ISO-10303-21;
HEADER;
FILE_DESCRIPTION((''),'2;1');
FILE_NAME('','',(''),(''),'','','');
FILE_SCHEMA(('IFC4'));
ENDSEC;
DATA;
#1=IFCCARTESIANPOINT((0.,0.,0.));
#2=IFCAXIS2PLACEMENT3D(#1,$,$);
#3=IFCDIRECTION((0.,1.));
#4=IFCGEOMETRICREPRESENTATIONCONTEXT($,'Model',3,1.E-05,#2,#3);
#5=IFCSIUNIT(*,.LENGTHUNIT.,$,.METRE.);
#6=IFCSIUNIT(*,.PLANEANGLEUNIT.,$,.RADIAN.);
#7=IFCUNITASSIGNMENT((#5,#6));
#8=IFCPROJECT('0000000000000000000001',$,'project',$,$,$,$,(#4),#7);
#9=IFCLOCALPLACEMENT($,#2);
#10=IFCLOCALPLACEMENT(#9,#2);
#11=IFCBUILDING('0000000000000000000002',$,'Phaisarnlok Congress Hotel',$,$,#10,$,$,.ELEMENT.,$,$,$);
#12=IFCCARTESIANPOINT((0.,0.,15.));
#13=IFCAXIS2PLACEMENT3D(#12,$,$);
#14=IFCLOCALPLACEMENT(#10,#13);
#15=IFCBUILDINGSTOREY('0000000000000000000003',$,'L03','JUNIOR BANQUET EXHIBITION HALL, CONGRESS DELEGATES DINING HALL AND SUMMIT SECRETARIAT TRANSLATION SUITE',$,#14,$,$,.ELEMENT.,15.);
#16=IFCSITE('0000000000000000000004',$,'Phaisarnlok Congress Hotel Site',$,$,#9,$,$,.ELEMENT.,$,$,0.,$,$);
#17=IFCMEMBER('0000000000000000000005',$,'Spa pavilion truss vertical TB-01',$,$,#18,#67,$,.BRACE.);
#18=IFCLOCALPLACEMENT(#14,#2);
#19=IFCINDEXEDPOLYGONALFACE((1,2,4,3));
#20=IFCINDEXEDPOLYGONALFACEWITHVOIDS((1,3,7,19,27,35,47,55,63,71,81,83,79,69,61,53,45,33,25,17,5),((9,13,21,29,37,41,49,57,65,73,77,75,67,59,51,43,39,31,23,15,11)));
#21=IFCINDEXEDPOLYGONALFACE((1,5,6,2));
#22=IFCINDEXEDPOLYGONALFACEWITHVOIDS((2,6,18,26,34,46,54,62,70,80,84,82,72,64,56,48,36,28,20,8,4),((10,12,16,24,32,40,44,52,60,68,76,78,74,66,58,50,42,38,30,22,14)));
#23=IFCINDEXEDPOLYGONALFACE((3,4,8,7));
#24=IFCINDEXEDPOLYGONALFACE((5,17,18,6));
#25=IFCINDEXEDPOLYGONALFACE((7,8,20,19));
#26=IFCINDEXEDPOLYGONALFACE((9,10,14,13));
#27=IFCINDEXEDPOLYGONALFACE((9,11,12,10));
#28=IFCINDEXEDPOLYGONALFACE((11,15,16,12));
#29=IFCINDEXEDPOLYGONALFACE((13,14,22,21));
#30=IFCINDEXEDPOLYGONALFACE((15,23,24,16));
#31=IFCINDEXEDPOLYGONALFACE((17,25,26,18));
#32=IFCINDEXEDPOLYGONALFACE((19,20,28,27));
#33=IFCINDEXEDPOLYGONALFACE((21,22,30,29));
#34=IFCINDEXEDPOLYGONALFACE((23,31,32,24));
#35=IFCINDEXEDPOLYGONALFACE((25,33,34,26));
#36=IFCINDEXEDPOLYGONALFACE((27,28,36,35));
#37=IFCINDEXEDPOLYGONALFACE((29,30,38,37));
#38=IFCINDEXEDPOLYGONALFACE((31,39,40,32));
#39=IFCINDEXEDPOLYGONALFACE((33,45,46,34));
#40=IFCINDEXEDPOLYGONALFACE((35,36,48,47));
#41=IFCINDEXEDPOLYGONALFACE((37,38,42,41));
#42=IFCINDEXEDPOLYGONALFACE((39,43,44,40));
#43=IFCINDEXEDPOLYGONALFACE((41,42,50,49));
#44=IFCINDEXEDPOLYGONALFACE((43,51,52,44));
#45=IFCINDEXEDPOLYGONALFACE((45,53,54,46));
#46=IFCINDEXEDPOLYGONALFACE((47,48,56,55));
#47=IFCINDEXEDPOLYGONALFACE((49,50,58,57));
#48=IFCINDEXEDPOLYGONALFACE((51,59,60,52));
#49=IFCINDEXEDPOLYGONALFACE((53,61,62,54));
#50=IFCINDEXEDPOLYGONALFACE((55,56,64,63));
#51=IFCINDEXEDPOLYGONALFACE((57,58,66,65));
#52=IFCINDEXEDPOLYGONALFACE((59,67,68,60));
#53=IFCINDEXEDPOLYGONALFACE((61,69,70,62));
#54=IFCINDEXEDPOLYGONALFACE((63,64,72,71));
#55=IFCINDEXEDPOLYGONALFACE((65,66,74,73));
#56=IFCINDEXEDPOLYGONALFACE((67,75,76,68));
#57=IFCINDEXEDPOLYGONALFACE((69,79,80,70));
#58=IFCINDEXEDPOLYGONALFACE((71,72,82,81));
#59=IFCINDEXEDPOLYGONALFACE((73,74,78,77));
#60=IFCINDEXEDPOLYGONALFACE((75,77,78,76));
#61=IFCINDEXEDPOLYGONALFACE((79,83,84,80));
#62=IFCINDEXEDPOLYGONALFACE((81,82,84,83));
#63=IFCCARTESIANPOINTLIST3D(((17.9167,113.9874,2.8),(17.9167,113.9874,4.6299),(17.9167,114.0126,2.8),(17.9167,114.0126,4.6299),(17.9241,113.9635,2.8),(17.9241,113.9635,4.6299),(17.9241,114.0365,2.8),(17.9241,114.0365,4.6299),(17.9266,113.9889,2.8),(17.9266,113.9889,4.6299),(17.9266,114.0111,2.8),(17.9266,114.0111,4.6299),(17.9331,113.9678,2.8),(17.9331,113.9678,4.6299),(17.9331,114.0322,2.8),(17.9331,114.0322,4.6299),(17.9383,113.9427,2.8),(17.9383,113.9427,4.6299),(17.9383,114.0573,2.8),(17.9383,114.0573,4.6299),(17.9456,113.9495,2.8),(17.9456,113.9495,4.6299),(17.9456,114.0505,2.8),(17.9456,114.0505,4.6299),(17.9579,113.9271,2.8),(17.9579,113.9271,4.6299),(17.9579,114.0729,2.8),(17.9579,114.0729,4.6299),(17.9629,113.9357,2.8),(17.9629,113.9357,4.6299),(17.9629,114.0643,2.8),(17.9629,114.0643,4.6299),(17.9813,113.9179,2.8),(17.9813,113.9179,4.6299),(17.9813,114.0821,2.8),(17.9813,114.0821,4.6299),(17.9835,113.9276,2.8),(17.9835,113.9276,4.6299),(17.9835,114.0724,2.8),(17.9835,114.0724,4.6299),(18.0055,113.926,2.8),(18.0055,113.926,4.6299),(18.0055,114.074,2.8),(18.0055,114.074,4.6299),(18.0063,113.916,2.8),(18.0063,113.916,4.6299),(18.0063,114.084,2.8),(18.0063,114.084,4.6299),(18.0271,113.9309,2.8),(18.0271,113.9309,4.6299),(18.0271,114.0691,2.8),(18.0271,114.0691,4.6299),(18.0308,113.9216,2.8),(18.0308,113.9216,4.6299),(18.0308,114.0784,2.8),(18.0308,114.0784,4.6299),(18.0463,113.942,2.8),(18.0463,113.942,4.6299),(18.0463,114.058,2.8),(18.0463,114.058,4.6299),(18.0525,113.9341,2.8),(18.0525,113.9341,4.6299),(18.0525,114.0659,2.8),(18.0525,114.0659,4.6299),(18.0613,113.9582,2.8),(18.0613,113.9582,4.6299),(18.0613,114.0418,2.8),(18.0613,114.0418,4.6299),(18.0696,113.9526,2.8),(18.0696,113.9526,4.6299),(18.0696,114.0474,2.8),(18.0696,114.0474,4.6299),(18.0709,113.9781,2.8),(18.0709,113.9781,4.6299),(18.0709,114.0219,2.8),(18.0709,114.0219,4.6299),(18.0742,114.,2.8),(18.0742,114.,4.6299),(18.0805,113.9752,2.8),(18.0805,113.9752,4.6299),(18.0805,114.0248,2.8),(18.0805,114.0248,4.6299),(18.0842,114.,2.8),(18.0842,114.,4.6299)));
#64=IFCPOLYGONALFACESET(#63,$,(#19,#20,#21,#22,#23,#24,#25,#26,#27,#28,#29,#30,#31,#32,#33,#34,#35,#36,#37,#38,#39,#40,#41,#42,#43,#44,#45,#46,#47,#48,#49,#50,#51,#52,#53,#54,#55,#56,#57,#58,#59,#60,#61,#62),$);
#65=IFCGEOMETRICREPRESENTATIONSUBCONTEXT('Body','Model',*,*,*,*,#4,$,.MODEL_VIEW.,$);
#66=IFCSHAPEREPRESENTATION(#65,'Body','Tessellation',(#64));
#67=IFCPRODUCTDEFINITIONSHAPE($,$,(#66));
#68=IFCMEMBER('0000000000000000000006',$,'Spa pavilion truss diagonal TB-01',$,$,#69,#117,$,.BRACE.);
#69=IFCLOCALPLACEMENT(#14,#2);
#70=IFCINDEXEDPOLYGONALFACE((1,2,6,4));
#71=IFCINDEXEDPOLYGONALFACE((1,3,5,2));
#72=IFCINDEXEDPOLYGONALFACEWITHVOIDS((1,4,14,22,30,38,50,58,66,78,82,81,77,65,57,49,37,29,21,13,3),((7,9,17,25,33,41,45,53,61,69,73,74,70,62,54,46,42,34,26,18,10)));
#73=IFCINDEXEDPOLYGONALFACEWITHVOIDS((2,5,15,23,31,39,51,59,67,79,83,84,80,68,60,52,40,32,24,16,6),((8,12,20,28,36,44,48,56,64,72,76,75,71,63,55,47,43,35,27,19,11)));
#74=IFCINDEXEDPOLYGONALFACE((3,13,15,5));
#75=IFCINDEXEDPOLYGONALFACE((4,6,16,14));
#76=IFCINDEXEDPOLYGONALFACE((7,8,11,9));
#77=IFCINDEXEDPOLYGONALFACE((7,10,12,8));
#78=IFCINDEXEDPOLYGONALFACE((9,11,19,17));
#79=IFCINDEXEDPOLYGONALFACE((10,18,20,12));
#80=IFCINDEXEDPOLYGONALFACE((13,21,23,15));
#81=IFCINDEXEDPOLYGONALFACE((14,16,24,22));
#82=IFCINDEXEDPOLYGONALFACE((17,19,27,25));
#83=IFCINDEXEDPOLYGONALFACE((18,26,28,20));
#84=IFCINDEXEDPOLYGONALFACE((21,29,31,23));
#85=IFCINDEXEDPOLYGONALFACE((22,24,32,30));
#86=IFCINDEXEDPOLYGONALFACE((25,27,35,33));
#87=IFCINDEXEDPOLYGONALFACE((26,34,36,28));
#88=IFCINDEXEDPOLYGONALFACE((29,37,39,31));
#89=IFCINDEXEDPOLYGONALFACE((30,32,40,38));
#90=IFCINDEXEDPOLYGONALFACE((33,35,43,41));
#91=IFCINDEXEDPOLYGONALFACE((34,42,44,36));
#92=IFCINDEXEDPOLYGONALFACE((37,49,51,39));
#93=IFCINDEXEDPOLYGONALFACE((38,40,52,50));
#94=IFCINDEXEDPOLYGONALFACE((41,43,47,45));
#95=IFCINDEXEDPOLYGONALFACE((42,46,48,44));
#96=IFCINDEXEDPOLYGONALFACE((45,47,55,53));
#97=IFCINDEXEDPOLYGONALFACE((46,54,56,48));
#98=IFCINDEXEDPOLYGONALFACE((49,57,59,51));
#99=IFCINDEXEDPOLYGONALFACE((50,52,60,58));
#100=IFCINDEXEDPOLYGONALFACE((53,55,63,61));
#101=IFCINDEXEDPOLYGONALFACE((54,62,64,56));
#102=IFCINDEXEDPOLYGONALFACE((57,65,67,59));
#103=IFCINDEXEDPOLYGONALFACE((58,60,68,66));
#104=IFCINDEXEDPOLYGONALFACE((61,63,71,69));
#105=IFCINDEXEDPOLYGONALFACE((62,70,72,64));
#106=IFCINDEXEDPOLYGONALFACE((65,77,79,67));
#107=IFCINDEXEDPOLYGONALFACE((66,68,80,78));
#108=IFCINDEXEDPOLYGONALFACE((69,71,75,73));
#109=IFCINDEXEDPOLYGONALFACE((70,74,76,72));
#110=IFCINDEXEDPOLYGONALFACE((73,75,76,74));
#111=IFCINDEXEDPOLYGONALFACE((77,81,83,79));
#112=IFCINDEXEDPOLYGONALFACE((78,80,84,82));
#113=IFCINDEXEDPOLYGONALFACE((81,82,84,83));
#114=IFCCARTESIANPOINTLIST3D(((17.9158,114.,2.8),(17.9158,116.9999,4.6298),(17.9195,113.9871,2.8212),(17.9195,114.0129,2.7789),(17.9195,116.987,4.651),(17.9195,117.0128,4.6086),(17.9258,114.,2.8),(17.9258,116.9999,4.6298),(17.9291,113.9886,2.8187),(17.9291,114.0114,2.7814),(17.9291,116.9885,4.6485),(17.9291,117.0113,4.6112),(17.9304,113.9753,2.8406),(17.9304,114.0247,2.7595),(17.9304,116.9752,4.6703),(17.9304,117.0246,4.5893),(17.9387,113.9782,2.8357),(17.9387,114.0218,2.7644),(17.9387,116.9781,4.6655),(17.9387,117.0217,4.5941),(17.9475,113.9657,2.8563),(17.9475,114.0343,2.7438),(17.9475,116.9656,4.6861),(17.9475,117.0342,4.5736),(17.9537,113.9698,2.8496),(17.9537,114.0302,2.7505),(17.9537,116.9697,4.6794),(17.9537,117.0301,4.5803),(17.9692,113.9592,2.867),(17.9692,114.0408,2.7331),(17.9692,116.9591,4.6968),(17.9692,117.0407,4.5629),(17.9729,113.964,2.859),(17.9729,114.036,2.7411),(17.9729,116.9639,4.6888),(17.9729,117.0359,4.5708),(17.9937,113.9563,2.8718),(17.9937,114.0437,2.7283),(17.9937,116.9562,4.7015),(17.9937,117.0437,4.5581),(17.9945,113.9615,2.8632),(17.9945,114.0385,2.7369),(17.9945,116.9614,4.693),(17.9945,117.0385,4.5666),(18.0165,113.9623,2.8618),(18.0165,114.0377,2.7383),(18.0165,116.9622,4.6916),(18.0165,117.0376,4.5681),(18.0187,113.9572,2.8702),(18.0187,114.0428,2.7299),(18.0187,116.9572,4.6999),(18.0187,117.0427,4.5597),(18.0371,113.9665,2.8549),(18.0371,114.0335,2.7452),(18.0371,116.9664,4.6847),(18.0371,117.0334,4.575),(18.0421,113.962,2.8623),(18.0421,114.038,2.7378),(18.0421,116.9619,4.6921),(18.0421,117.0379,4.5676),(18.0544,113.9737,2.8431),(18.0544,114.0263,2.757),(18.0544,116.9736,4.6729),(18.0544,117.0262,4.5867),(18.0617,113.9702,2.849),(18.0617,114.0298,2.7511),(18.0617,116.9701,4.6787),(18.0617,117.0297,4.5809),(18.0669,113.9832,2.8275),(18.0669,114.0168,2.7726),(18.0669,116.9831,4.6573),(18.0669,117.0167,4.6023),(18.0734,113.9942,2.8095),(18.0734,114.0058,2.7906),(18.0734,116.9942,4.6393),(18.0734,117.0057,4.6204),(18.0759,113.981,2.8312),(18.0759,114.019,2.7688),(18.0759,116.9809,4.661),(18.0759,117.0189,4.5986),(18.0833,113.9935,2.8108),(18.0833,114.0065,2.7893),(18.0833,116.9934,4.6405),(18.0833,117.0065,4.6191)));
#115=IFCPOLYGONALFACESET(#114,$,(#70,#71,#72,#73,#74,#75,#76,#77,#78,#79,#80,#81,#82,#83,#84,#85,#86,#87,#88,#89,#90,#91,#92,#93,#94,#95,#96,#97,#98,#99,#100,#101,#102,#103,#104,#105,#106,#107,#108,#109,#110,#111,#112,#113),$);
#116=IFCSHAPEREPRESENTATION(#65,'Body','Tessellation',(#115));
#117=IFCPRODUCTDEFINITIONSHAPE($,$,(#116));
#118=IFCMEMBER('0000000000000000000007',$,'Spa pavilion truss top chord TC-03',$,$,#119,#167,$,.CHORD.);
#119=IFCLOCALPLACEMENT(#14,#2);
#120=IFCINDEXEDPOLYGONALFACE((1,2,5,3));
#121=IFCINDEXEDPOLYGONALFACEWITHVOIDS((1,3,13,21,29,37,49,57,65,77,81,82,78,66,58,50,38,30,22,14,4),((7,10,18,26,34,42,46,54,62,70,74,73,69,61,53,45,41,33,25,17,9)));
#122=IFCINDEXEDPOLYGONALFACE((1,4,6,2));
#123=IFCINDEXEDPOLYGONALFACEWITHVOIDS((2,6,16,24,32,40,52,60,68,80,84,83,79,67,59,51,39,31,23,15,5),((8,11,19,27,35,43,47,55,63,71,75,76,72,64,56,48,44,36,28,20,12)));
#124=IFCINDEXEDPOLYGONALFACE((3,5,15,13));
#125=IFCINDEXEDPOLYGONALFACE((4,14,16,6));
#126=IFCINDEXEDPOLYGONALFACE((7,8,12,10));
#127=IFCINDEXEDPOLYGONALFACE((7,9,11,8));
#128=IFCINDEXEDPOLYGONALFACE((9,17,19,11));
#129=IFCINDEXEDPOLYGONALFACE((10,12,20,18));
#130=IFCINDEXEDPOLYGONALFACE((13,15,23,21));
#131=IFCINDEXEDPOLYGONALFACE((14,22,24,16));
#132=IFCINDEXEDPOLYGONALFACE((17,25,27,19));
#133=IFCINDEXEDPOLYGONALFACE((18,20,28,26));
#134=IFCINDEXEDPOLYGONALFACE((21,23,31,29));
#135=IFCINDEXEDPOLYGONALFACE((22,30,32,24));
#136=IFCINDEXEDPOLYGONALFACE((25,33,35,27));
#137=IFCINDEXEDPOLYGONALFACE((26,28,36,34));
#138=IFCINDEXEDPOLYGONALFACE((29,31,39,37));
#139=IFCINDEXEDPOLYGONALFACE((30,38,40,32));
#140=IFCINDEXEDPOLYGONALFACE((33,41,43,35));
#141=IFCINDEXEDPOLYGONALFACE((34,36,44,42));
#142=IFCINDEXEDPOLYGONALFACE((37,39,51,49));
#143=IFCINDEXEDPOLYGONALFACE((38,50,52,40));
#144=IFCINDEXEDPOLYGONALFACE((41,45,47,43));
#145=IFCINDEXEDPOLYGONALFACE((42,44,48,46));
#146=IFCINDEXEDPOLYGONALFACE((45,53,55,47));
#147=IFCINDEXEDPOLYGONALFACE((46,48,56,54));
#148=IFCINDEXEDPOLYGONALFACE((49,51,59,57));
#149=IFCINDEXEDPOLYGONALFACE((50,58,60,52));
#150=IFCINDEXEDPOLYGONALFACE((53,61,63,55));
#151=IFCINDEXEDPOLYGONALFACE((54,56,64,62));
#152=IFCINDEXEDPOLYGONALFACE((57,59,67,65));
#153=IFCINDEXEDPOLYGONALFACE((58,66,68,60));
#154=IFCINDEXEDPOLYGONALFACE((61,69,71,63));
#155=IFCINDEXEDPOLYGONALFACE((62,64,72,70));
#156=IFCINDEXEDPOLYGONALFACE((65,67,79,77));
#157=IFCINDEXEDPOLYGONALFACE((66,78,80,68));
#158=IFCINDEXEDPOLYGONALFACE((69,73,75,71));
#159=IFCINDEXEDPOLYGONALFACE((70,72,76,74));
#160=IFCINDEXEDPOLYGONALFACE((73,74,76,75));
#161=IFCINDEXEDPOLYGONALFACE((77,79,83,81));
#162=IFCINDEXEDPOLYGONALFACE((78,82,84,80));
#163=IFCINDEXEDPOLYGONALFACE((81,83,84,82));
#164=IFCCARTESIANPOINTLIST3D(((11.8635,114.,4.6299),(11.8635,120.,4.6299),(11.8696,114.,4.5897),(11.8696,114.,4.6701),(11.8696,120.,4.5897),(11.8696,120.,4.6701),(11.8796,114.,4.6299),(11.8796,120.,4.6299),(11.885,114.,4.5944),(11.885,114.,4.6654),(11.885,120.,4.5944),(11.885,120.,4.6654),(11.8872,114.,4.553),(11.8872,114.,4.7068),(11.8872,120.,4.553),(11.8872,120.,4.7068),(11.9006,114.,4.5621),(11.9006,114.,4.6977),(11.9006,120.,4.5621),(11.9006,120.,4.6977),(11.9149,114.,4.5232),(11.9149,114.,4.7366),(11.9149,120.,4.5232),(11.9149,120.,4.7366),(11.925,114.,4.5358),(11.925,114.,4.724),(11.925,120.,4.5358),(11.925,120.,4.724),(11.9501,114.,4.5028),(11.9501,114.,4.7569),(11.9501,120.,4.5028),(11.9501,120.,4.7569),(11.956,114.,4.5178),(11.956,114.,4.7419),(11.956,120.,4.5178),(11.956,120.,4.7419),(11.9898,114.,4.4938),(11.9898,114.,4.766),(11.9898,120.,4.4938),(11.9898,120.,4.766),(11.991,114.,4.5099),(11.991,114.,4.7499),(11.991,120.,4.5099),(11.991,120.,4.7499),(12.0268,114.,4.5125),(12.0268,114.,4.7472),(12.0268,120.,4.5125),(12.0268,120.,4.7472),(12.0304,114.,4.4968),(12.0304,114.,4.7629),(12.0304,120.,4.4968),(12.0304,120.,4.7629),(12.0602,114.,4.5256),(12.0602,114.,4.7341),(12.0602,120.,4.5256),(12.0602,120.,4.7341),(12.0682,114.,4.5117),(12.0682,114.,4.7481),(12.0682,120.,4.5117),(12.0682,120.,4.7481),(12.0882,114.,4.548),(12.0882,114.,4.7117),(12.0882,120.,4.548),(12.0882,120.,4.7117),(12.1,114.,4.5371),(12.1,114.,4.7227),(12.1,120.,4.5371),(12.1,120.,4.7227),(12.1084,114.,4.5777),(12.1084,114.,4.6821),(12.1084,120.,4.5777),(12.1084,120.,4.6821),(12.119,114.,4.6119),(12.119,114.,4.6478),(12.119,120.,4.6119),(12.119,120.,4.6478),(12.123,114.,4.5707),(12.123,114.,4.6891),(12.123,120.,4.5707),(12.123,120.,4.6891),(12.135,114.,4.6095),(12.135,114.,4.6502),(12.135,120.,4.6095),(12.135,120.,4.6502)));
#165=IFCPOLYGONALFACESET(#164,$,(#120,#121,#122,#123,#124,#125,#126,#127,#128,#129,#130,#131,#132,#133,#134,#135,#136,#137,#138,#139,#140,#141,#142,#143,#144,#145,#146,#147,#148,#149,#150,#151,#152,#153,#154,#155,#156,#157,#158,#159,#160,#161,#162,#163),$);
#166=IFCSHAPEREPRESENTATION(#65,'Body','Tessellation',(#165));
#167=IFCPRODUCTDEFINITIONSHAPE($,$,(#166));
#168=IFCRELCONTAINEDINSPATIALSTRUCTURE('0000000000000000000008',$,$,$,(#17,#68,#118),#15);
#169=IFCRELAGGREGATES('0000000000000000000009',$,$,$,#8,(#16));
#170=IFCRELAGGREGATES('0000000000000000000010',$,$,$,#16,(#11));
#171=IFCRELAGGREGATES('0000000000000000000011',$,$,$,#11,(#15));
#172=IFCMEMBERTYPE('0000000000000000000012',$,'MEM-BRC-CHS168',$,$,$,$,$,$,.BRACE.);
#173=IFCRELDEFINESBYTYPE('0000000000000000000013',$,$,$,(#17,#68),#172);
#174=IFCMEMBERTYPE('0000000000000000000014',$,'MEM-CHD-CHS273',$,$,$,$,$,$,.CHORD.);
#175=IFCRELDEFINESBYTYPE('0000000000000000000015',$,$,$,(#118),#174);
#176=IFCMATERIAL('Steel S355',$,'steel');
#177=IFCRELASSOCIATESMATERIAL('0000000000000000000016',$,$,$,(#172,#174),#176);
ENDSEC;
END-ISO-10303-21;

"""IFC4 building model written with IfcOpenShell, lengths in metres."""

from ifc_helpers import new_model, si_unit, direction, frame, origin, origin_2d, place, context, subcontext, project, spatial, hollow_circle, extrude, material, material_profile, profile_set, type_object, element, save


model = new_model("IFC4")

# Units and contexts
model_context = context("Model", 3, precision=1e-05, world=origin(), true_north=direction((0.0, 1.0)))
body_context = subcontext(model_context, "Body", "Model", "MODEL_VIEW")
ifc_project = project(units=[si_unit("LENGTHUNIT", "METRE"), si_unit("PLANEANGLEUNIT", "RADIAN")], contexts=[model_context])

# Site, building, storey
site_placement = place(None, origin())
site = spatial("IfcSite", under=ifc_project, at=site_placement, Name="Phaisarnlok Congress Hotel Site", CompositionType="ELEMENT", RefElevation=0.0)
building_placement = place(site_placement, origin())
building = spatial("IfcBuilding", under=site, at=building_placement, Name="Phaisarnlok Congress Hotel", CompositionType="ELEMENT")
storey_placement = place(building_placement, frame((0.0, 0.0, 15.0)))
storey = spatial("IfcBuildingStorey", under=building, at=storey_placement, Name="L03", Description="JUNIOR BANQUET EXHIBITION HALL, CONGRESS DELEGATES DINING HALL AND SUMMIT SECRETARIAT TRANSLATION SUITE", CompositionType="ELEMENT", Elevation=15.0)

# Members
ifc_material_1 = material(Name="Steel S355", Category="steel")
ifc_material_profile_1 = material_profile(ifc_material_1, hollow_circle(Radius=0.0842, WallThickness=0.01, at=origin_2d()), Name="CHS 168.3x10")
ifc_profile_set_1 = profile_set([ifc_material_profile_1], Name="Steel S355")
member_type_1 = type_object("IfcMemberType", Name="MEM-BRC-CHS168", PredefinedType="BRACE", material=ifc_profile_set_1)
member_1_placement = place(storey_placement, frame((18.0, 114.0, 2.8), z_axis=(0.0, 0.0, 1.0), x_axis=(1.0, 0.0, 0.0)))
element("IfcMember", 1, at=member_1_placement, inside=storey, type_object=member_type_1, Name="Spa pavilion truss vertical TB-01", PredefinedType="BRACE", context=body_context, shape_type="SweptSolid", body=[
    extrude(hollow_circle(Radius=0.0842, WallThickness=0.01, at=origin_2d()), origin(), (0.0, 0.0, 1.0), 1.8298),
])
member_2_placement = place(storey_placement, frame((18.0, 114.0, 2.8), z_axis=(0.0, 0.853725, 0.520725), x_axis=(-1.0, 0.0, 0.0)))
element("IfcMember", 2, at=member_2_placement, inside=storey, type_object=member_type_1, Name="Spa pavilion truss diagonal TB-01", PredefinedType="BRACE", context=body_context, shape_type="SweptSolid", body=[
    extrude(hollow_circle(Radius=0.0842, WallThickness=0.01, at=origin_2d()), origin(), (0.0, 0.0, 1.0), 3.5139),
])
ifc_material_profile_2 = material_profile(ifc_material_1, hollow_circle(Radius=0.1365, WallThickness=0.0161, at=origin_2d()), Name="CHS 273x16")
ifc_profile_set_2 = profile_set([ifc_material_profile_2], Name="Steel S355")
member_type_2 = type_object("IfcMemberType", Name="MEM-CHD-CHS273", PredefinedType="CHORD", material=ifc_profile_set_2)
for number, where, z_axis, x_axis, name in (
    (3, (12.0, 114.0, 4.6299), (0.0, 1.0, 0.0), (-1.0, 0.0, 0.0), "Spa pavilion truss top chord TC-03"),
):
    element("IfcMember", number, at=place(storey_placement, frame(where, z_axis=z_axis, x_axis=x_axis)), inside=storey, type_object=member_type_2, Name=name, PredefinedType="CHORD", context=body_context, shape_type="SweptSolid", body=[
        extrude(hollow_circle(Radius=0.1365, WallThickness=0.0161, at=origin_2d()), origin(), (0.0, 0.0, 1.0), 6.0),
    ])

save(model, "model.ifc")
